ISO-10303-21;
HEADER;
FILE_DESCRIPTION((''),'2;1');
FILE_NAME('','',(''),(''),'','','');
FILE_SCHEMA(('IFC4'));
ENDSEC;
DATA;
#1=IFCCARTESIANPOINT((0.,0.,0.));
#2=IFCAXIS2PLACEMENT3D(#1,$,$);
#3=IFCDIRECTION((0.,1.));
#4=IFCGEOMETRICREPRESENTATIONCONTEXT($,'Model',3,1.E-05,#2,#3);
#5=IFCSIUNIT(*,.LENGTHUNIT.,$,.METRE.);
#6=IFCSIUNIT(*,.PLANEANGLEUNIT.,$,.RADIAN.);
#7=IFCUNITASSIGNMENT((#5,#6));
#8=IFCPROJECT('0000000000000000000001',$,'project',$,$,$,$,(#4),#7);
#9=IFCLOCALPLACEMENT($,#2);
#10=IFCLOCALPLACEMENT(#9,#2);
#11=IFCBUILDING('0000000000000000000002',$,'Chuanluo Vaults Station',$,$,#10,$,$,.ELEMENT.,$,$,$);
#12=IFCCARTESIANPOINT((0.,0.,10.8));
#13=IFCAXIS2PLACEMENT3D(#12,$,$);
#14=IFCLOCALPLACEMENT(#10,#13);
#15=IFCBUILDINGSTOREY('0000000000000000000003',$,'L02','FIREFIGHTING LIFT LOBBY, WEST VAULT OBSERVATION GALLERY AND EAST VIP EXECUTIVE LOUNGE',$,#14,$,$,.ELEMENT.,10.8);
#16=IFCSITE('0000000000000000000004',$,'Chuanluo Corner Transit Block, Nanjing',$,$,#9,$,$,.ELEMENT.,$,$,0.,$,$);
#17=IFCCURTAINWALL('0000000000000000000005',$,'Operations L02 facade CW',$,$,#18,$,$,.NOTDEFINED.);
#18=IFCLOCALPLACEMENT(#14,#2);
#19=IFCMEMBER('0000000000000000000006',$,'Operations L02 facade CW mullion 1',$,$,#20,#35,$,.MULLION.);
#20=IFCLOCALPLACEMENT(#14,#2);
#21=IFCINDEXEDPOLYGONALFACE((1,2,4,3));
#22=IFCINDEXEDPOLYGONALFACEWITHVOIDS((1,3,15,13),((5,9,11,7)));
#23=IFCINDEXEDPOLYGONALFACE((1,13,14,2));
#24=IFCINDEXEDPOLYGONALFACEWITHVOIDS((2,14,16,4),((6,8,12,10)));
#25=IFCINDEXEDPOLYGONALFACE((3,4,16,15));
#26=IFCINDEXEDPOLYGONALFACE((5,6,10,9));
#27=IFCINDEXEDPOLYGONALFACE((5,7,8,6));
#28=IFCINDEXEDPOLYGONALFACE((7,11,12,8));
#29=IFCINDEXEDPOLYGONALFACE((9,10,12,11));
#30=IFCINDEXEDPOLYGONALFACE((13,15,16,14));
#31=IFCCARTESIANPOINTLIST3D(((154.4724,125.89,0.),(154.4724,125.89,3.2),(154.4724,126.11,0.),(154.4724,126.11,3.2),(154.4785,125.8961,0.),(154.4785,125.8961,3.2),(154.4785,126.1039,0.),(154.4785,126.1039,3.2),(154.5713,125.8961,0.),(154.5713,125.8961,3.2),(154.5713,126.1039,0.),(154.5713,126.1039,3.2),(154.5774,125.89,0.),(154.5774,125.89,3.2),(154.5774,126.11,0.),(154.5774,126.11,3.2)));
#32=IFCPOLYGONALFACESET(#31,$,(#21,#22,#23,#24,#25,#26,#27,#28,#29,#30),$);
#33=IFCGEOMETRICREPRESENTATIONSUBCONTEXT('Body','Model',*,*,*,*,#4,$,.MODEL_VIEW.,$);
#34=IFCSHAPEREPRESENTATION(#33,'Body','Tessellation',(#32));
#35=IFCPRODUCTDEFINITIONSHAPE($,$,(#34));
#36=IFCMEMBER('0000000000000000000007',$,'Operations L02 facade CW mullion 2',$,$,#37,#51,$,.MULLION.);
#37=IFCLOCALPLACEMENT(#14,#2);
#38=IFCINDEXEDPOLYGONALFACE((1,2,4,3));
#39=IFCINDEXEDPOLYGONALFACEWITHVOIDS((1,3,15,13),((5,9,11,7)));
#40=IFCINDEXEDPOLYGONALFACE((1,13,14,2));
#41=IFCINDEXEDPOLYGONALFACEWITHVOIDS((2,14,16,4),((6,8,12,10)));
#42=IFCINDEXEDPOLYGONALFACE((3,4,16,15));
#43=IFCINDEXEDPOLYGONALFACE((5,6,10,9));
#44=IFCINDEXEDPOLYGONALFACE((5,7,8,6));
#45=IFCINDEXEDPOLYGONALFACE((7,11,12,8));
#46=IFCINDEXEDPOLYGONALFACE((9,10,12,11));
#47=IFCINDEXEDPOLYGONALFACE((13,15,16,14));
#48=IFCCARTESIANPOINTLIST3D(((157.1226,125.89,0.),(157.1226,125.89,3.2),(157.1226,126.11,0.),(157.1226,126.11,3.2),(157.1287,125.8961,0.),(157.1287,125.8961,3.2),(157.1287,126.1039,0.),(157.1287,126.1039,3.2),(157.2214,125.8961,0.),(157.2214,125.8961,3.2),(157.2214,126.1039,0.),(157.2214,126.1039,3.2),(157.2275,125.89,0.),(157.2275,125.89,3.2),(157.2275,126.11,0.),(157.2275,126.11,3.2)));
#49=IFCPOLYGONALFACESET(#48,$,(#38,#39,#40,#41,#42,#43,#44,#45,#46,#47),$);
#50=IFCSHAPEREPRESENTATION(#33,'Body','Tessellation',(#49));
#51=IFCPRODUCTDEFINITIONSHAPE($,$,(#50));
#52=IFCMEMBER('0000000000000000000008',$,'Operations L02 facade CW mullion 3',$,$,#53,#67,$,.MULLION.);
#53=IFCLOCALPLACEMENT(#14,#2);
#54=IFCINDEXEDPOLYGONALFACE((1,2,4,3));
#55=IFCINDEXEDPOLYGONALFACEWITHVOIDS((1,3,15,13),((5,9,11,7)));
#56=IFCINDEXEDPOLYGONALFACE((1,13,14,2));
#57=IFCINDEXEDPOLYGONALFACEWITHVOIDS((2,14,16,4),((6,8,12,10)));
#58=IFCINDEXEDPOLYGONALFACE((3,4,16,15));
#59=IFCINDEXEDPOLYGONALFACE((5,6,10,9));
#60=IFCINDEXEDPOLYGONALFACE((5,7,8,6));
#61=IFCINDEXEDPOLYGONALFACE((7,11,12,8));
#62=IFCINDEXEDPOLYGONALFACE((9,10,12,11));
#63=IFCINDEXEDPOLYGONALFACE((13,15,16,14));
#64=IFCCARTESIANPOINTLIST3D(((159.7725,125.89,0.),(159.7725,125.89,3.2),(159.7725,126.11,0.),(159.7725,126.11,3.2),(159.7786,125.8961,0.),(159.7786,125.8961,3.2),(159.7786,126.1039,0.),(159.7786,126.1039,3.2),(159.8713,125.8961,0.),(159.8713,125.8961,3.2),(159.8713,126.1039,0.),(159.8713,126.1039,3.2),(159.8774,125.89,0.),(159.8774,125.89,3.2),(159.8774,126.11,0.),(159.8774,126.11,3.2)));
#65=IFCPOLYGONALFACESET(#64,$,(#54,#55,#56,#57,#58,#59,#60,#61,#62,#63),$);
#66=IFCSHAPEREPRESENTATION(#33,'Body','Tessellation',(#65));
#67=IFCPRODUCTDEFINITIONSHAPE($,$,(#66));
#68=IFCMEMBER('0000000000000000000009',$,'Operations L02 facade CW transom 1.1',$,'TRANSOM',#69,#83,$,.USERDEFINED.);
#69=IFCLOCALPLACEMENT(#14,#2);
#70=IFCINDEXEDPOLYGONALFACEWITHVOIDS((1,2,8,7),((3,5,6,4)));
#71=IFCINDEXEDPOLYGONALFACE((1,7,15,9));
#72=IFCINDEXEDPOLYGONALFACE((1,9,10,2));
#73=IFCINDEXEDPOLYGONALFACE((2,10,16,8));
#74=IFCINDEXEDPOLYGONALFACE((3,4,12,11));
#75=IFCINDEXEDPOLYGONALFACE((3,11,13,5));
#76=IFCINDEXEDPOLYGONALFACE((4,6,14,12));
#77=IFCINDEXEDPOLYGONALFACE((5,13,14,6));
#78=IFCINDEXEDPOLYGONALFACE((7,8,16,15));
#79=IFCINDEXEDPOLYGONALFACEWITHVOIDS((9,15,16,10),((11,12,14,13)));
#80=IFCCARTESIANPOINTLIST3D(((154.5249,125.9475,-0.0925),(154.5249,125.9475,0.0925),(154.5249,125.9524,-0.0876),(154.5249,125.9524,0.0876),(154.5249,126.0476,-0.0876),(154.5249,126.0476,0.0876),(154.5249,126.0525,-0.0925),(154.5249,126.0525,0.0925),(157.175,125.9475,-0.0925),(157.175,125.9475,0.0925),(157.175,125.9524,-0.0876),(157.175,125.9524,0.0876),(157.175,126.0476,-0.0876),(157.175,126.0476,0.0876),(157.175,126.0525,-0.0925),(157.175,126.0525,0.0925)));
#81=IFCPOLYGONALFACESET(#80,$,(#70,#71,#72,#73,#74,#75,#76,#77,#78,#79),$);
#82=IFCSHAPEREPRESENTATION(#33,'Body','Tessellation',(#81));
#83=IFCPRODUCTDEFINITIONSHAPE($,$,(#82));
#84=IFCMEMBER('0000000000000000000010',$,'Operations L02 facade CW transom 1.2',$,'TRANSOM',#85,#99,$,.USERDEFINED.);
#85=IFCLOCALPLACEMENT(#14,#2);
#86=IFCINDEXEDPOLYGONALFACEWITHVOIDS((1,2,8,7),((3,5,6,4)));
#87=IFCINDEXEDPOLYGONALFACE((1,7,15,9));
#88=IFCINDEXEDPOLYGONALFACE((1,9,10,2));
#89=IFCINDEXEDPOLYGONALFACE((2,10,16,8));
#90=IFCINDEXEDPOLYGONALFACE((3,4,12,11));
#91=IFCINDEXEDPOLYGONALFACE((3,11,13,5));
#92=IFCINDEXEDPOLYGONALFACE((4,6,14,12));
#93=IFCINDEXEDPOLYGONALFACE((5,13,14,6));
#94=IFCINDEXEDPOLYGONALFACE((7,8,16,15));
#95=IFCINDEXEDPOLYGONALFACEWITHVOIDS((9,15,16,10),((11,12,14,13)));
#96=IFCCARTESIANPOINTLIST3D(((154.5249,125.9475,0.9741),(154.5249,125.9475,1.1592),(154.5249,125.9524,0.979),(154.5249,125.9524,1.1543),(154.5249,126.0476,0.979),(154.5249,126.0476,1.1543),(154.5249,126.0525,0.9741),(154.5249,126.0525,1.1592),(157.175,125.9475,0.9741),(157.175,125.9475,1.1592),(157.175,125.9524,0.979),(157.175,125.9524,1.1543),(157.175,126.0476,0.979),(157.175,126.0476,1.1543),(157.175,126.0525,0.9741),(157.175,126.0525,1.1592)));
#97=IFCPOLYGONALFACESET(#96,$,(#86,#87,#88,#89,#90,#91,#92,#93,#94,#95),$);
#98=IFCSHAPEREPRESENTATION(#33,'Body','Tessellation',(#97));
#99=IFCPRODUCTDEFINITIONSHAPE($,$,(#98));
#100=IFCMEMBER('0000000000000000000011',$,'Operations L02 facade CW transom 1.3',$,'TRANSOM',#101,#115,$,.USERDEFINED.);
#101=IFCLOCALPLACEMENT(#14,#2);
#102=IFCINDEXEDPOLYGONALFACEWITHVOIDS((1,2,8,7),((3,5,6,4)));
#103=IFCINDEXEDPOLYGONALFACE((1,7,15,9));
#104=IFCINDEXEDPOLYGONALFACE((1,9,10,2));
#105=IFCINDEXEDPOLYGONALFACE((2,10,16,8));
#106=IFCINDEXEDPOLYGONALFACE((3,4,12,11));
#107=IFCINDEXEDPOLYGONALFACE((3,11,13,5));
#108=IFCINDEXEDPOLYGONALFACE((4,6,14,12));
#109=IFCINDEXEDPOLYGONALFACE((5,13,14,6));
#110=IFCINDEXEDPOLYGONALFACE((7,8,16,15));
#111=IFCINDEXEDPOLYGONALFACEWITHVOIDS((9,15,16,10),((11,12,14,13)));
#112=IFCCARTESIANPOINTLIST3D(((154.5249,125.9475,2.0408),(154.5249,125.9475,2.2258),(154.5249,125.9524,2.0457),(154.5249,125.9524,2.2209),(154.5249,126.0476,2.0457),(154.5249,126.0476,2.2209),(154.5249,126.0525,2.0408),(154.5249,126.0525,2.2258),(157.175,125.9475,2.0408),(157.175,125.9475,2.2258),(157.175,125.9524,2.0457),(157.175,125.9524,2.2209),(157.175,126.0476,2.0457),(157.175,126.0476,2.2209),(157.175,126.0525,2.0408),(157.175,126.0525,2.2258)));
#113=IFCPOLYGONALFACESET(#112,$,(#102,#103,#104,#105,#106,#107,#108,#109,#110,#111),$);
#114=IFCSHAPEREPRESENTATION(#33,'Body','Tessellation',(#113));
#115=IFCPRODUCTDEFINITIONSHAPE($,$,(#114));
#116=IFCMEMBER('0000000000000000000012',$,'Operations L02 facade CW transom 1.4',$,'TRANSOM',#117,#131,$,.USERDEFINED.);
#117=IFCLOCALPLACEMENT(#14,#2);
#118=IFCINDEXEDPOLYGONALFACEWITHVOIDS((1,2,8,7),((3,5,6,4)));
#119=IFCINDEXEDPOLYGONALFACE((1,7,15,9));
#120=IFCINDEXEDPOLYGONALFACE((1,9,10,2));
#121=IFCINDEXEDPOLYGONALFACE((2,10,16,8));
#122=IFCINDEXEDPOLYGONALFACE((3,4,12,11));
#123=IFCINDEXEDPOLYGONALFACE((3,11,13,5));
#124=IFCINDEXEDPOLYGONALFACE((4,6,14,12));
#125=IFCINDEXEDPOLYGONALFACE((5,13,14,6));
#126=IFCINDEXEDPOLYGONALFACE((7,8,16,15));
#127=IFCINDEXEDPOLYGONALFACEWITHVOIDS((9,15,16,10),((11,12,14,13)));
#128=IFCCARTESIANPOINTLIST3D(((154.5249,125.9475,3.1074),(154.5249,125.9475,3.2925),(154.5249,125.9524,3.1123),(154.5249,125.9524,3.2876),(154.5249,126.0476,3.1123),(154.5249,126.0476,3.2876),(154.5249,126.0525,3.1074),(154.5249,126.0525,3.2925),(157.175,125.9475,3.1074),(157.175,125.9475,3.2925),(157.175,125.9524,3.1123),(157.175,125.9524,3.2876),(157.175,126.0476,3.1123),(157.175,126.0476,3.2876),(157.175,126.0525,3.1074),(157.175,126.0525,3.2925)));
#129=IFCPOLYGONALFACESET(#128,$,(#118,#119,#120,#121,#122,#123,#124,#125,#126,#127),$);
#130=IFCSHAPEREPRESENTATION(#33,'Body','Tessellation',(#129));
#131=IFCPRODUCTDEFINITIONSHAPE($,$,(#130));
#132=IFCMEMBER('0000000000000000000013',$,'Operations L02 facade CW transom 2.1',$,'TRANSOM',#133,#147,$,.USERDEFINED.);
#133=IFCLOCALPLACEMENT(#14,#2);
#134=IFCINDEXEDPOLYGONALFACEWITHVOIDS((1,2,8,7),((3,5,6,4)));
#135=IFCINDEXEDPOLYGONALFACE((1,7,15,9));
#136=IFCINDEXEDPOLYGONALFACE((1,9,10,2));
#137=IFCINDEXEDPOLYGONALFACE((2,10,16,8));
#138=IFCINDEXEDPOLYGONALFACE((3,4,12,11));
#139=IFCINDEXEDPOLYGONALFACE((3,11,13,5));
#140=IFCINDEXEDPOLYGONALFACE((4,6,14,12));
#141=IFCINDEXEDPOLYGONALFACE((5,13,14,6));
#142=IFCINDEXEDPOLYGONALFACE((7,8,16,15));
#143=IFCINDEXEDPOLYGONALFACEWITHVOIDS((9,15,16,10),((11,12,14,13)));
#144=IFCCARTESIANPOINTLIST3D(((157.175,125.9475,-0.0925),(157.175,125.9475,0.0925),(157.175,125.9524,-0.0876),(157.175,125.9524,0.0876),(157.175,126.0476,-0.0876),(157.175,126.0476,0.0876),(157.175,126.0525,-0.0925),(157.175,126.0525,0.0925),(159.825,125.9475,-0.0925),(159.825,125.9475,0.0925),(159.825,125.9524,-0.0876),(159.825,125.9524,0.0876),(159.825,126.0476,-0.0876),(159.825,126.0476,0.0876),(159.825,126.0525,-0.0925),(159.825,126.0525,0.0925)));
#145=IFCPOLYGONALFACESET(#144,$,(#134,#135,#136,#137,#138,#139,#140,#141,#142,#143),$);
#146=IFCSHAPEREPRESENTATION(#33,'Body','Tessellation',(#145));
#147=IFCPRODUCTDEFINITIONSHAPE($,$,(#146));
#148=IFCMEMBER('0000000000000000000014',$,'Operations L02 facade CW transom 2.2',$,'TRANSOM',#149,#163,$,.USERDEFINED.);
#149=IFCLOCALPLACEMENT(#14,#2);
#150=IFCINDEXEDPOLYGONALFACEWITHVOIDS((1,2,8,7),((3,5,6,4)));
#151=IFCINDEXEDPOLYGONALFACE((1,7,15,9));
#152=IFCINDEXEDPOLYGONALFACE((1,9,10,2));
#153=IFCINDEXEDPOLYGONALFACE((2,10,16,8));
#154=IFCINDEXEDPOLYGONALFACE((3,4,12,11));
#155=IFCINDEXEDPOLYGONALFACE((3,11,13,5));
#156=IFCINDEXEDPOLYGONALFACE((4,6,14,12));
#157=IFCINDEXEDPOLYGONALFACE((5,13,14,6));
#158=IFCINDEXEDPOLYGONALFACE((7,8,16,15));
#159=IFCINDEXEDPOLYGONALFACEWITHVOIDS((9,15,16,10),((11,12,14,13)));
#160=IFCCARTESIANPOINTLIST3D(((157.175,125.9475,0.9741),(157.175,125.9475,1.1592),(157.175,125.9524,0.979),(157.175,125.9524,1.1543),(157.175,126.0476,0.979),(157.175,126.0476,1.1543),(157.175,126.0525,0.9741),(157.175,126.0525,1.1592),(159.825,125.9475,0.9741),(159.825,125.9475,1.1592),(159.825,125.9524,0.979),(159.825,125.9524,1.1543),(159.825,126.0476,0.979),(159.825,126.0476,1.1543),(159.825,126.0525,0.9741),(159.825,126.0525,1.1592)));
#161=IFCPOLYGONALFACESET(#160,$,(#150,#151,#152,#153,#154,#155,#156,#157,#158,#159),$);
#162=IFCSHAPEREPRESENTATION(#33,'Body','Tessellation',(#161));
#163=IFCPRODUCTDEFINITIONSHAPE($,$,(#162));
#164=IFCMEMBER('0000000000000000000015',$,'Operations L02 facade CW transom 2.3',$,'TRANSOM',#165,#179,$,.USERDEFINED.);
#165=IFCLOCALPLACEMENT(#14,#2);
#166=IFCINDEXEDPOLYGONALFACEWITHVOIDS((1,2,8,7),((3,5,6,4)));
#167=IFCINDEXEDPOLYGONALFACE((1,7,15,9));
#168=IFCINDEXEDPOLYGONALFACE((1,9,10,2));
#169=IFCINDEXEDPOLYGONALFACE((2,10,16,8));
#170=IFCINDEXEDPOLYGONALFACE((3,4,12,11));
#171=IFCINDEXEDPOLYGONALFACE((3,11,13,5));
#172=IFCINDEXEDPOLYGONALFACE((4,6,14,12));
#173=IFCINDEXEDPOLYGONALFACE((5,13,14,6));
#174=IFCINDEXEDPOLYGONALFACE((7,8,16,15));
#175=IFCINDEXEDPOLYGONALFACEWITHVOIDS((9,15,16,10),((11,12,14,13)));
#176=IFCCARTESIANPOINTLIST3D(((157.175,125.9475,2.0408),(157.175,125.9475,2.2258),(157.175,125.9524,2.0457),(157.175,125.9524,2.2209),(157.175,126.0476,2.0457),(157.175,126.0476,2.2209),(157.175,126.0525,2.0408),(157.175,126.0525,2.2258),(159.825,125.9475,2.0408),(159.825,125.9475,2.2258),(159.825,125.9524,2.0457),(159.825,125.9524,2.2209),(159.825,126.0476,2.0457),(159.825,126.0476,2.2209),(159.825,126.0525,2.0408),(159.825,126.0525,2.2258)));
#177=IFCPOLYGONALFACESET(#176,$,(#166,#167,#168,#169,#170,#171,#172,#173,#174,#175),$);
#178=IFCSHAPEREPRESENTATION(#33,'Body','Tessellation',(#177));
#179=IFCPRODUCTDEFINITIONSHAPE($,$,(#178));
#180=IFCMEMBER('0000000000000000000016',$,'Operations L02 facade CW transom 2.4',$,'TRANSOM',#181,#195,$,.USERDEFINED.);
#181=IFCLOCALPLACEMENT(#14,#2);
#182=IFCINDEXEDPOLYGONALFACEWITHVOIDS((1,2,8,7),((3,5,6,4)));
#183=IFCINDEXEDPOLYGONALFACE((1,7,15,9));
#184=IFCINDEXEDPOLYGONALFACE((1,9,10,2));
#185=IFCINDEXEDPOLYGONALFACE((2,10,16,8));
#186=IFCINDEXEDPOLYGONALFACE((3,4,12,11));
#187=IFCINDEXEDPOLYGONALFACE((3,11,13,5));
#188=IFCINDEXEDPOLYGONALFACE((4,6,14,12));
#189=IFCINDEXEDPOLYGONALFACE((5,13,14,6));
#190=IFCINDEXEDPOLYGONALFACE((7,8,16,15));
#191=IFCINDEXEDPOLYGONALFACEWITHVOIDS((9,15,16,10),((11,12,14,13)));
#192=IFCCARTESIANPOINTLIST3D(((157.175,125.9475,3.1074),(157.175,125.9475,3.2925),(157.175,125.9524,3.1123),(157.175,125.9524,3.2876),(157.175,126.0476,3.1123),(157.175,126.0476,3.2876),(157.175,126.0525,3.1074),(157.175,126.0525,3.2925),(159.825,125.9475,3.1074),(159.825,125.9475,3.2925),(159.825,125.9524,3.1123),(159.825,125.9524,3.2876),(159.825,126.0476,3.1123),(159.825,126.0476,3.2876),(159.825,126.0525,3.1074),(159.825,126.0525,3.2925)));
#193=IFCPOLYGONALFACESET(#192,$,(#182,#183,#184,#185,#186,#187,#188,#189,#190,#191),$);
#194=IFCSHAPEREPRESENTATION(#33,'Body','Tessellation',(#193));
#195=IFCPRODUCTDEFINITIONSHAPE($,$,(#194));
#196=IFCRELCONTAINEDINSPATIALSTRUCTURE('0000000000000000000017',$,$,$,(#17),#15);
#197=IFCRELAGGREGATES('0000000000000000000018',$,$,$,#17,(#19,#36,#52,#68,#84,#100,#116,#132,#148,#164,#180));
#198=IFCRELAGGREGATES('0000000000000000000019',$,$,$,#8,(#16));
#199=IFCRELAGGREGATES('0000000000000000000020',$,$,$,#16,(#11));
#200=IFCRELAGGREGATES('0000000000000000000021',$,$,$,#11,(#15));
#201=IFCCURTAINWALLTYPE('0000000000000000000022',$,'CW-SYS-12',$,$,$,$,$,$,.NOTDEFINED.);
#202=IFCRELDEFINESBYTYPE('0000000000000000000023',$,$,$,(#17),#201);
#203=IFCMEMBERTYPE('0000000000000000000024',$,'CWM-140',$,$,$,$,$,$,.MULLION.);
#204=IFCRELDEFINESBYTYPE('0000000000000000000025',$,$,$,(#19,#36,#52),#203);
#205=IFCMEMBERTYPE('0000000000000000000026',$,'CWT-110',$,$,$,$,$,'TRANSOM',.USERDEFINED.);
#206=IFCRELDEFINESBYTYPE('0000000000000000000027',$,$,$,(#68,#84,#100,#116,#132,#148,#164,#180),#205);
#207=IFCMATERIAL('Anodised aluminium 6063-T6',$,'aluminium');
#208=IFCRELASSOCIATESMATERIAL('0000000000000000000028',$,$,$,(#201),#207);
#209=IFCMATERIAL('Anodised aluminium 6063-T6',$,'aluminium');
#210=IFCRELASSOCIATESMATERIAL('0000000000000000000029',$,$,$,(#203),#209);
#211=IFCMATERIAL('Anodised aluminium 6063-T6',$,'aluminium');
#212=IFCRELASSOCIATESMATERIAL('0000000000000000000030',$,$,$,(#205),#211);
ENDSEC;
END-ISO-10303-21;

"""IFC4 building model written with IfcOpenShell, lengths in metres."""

from ifc_helpers import new_model, si_unit, direction, frame, origin, origin_2d, place, context, subcontext, project, spatial, hollow_rectangle, extrude, material, material_profile, profile_set, type_object, element, aggregate, save


model = new_model("IFC4")

# Units and contexts
model_context = context("Model", 3, precision=1e-05, world=origin(), true_north=direction((0.0, 1.0)))
body_context = subcontext(model_context, "Body", "Model", "MODEL_VIEW")
ifc_project = project(units=[si_unit("LENGTHUNIT", "METRE"), si_unit("PLANEANGLEUNIT", "RADIAN")], contexts=[model_context])

# Site, building, storey
site_placement = place(None, origin())
site = spatial("IfcSite", under=ifc_project, at=site_placement, Name="Chuanluo Corner Transit Block, Nanjing", CompositionType="ELEMENT", RefElevation=0.0)
building_placement = place(site_placement, origin())
building = spatial("IfcBuilding", under=site, at=building_placement, Name="Chuanluo Vaults Station", CompositionType="ELEMENT")
storey_placement = place(building_placement, frame((0.0, 0.0, 10.8)))
storey = spatial("IfcBuildingStorey", under=building, at=storey_placement, Name="L02", Description="FIREFIGHTING LIFT LOBBY, WEST VAULT OBSERVATION GALLERY AND EAST VIP EXECUTIVE LOUNGE", CompositionType="ELEMENT", Elevation=10.8)

# Curtain wall, members
ifc_material_1 = material(Name="Anodised aluminium 6063-T6", Category="aluminium")
curtain_wall_type = type_object("IfcCurtainWallType", Name="CW-SYS-12", PredefinedType="NOTDEFINED", material=ifc_material_1)
curtain_wall_placement = place(storey_placement, origin())
curtain_wall = element("IfcCurtainWall", 1, at=curtain_wall_placement, inside=storey, type_object=curtain_wall_type, Name="Operations L02 facade CW", PredefinedType="NOTDEFINED")
ifc_material_2 = material(Name="Anodised aluminium 6063-T6", Category="aluminium")
ifc_material_profile_1 = material_profile(ifc_material_2, hollow_rectangle(XDim=0.105, YDim=0.22, WallThickness=0.0061, at=origin_2d()))
ifc_profile_set_1 = profile_set([ifc_material_profile_1], Name="Anodised aluminium 6063-T6")
member_type_1 = type_object("IfcMemberType", Name="CWM-140", PredefinedType="MULLION", material=ifc_profile_set_1)
member_1_placement = place(storey_placement, frame((154.5249, 126.0, 0.0), z_axis=(0.0, 0.0, 1.0), x_axis=(1.0, 0.0, 0.0)))
member_1 = element("IfcMember", 2, at=member_1_placement, type_object=member_type_1, Name="Operations L02 facade CW mullion 1", PredefinedType="MULLION", context=body_context, shape_type="SweptSolid", body=[
    extrude(hollow_rectangle(XDim=0.105, YDim=0.22, WallThickness=0.0061, at=origin_2d()), origin(), (0.0, 0.0, 1.0), 3.2),
])
member_2_placement = place(storey_placement, frame((157.175, 126.0, 0.0), z_axis=(0.0, 0.0, 1.0), x_axis=(1.0, 0.0, 0.0)))
member_2 = element("IfcMember", 3, at=member_2_placement, type_object=member_type_1, Name="Operations L02 facade CW mullion 2", PredefinedType="MULLION", context=body_context, shape_type="SweptSolid", body=[
    extrude(hollow_rectangle(XDim=0.105, YDim=0.22, WallThickness=0.0061, at=origin_2d()), origin(), (0.0, 0.0, 1.0), 3.2),
])
member_3_placement = place(storey_placement, frame((159.825, 126.0, 0.0), z_axis=(0.0, 0.0, 1.0), x_axis=(1.0, 0.0, 0.0)))
member_3 = element("IfcMember", 4, at=member_3_placement, type_object=member_type_1, Name="Operations L02 facade CW mullion 3", PredefinedType="MULLION", context=body_context, shape_type="SweptSolid", body=[
    extrude(hollow_rectangle(XDim=0.105, YDim=0.22, WallThickness=0.0061, at=origin_2d()), origin(), (0.0, 0.0, 1.0), 3.2),
])
ifc_material_3 = material(Name="Anodised aluminium 6063-T6", Category="aluminium")
ifc_material_profile_2 = material_profile(ifc_material_3, hollow_rectangle(XDim=0.105, YDim=0.1851, WallThickness=0.0049, at=origin_2d()))
ifc_profile_set_2 = profile_set([ifc_material_profile_2], Name="Anodised aluminium 6063-T6")
member_type_2 = type_object("IfcMemberType", Name="CWT-110", ElementType="TRANSOM", PredefinedType="USERDEFINED", material=ifc_profile_set_2)
member_4_placement = place(storey_placement, frame((154.5249, 126.0, 0.0), z_axis=(1.0, 0.0, 0.0), x_axis=(0.0, 1.0, 0.0)))
member_4 = element("IfcMember", 5, at=member_4_placement, type_object=member_type_2, Name="Operations L02 facade CW transom 1.1", ObjectType="TRANSOM", PredefinedType="USERDEFINED", context=body_context, shape_type="SweptSolid", body=[
    extrude(hollow_rectangle(XDim=0.105, YDim=0.1851, WallThickness=0.0049, at=origin_2d()), origin(), (0.0, 0.0, 1.0), 2.6501),
])
member_5_placement = place(storey_placement, frame((154.5249, 126.0, 1.0667), z_axis=(1.0, 0.0, 0.0), x_axis=(0.0, 1.0, 0.0)))
member_5 = element("IfcMember", 6, at=member_5_placement, type_object=member_type_2, Name="Operations L02 facade CW transom 1.2", ObjectType="TRANSOM", PredefinedType="USERDEFINED", context=body_context, shape_type="SweptSolid", body=[
    extrude(hollow_rectangle(XDim=0.105, YDim=0.1851, WallThickness=0.0049, at=origin_2d()), origin(), (0.0, 0.0, 1.0), 2.6501),
])
member_6_placement = place(storey_placement, frame((154.5249, 126.0, 2.1333), z_axis=(1.0, 0.0, 0.0), x_axis=(0.0, 1.0, 0.0)))
member_6 = element("IfcMember", 7, at=member_6_placement, type_object=member_type_2, Name="Operations L02 facade CW transom 1.3", ObjectType="TRANSOM", PredefinedType="USERDEFINED", context=body_context, shape_type="SweptSolid", body=[
    extrude(hollow_rectangle(XDim=0.105, YDim=0.1851, WallThickness=0.0049, at=origin_2d()), origin(), (0.0, 0.0, 1.0), 2.6501),
])
member_7_placement = place(storey_placement, frame((154.5249, 126.0, 3.2), z_axis=(1.0, 0.0, 0.0), x_axis=(0.0, 1.0, 0.0)))
member_7 = element("IfcMember", 8, at=member_7_placement, type_object=member_type_2, Name="Operations L02 facade CW transom 1.4", ObjectType="TRANSOM", PredefinedType="USERDEFINED", context=body_context, shape_type="SweptSolid", body=[
    extrude(hollow_rectangle(XDim=0.105, YDim=0.1851, WallThickness=0.0049, at=origin_2d()), origin(), (0.0, 0.0, 1.0), 2.6501),
])
member_8_placement = place(storey_placement, frame((157.175, 126.0, 0.0), z_axis=(1.0, 0.0, 0.0), x_axis=(0.0, 1.0, 0.0)))
member_8 = element("IfcMember", 9, at=member_8_placement, type_object=member_type_2, Name="Operations L02 facade CW transom 2.1", ObjectType="TRANSOM", PredefinedType="USERDEFINED", context=body_context, shape_type="SweptSolid", body=[
    extrude(hollow_rectangle(XDim=0.105, YDim=0.1851, WallThickness=0.0049, at=origin_2d()), origin(), (0.0, 0.0, 1.0), 2.6499),
])
member_9_placement = place(storey_placement, frame((157.175, 126.0, 1.0667), z_axis=(1.0, 0.0, 0.0), x_axis=(0.0, 1.0, 0.0)))
member_9 = element("IfcMember", 10, at=member_9_placement, type_object=member_type_2, Name="Operations L02 facade CW transom 2.2", ObjectType="TRANSOM", PredefinedType="USERDEFINED", context=body_context, shape_type="SweptSolid", body=[
    extrude(hollow_rectangle(XDim=0.105, YDim=0.1851, WallThickness=0.0049, at=origin_2d()), origin(), (0.0, 0.0, 1.0), 2.6499),
])
member_10_placement = place(storey_placement, frame((157.175, 126.0, 2.1333), z_axis=(1.0, 0.0, 0.0), x_axis=(0.0, 1.0, 0.0)))
member_10 = element("IfcMember", 11, at=member_10_placement, type_object=member_type_2, Name="Operations L02 facade CW transom 2.3", ObjectType="TRANSOM", PredefinedType="USERDEFINED", context=body_context, shape_type="SweptSolid", body=[
    extrude(hollow_rectangle(XDim=0.105, YDim=0.1851, WallThickness=0.0049, at=origin_2d()), origin(), (0.0, 0.0, 1.0), 2.6499),
])
member_11_placement = place(storey_placement, frame((157.175, 126.0, 3.2), z_axis=(1.0, 0.0, 0.0), x_axis=(0.0, 1.0, 0.0)))
member_11 = element("IfcMember", 12, at=member_11_placement, type_object=member_type_2, Name="Operations L02 facade CW transom 2.4", ObjectType="TRANSOM", PredefinedType="USERDEFINED", context=body_context, shape_type="SweptSolid", body=[
    extrude(hollow_rectangle(XDim=0.105, YDim=0.1851, WallThickness=0.0049, at=origin_2d()), origin(), (0.0, 0.0, 1.0), 2.6499),
])
aggregate(curtain_wall, [member_1, member_2, member_3, member_4, member_5, member_6, member_7, member_8, member_9, member_10, member_11])

save(model, "model.ifc")
